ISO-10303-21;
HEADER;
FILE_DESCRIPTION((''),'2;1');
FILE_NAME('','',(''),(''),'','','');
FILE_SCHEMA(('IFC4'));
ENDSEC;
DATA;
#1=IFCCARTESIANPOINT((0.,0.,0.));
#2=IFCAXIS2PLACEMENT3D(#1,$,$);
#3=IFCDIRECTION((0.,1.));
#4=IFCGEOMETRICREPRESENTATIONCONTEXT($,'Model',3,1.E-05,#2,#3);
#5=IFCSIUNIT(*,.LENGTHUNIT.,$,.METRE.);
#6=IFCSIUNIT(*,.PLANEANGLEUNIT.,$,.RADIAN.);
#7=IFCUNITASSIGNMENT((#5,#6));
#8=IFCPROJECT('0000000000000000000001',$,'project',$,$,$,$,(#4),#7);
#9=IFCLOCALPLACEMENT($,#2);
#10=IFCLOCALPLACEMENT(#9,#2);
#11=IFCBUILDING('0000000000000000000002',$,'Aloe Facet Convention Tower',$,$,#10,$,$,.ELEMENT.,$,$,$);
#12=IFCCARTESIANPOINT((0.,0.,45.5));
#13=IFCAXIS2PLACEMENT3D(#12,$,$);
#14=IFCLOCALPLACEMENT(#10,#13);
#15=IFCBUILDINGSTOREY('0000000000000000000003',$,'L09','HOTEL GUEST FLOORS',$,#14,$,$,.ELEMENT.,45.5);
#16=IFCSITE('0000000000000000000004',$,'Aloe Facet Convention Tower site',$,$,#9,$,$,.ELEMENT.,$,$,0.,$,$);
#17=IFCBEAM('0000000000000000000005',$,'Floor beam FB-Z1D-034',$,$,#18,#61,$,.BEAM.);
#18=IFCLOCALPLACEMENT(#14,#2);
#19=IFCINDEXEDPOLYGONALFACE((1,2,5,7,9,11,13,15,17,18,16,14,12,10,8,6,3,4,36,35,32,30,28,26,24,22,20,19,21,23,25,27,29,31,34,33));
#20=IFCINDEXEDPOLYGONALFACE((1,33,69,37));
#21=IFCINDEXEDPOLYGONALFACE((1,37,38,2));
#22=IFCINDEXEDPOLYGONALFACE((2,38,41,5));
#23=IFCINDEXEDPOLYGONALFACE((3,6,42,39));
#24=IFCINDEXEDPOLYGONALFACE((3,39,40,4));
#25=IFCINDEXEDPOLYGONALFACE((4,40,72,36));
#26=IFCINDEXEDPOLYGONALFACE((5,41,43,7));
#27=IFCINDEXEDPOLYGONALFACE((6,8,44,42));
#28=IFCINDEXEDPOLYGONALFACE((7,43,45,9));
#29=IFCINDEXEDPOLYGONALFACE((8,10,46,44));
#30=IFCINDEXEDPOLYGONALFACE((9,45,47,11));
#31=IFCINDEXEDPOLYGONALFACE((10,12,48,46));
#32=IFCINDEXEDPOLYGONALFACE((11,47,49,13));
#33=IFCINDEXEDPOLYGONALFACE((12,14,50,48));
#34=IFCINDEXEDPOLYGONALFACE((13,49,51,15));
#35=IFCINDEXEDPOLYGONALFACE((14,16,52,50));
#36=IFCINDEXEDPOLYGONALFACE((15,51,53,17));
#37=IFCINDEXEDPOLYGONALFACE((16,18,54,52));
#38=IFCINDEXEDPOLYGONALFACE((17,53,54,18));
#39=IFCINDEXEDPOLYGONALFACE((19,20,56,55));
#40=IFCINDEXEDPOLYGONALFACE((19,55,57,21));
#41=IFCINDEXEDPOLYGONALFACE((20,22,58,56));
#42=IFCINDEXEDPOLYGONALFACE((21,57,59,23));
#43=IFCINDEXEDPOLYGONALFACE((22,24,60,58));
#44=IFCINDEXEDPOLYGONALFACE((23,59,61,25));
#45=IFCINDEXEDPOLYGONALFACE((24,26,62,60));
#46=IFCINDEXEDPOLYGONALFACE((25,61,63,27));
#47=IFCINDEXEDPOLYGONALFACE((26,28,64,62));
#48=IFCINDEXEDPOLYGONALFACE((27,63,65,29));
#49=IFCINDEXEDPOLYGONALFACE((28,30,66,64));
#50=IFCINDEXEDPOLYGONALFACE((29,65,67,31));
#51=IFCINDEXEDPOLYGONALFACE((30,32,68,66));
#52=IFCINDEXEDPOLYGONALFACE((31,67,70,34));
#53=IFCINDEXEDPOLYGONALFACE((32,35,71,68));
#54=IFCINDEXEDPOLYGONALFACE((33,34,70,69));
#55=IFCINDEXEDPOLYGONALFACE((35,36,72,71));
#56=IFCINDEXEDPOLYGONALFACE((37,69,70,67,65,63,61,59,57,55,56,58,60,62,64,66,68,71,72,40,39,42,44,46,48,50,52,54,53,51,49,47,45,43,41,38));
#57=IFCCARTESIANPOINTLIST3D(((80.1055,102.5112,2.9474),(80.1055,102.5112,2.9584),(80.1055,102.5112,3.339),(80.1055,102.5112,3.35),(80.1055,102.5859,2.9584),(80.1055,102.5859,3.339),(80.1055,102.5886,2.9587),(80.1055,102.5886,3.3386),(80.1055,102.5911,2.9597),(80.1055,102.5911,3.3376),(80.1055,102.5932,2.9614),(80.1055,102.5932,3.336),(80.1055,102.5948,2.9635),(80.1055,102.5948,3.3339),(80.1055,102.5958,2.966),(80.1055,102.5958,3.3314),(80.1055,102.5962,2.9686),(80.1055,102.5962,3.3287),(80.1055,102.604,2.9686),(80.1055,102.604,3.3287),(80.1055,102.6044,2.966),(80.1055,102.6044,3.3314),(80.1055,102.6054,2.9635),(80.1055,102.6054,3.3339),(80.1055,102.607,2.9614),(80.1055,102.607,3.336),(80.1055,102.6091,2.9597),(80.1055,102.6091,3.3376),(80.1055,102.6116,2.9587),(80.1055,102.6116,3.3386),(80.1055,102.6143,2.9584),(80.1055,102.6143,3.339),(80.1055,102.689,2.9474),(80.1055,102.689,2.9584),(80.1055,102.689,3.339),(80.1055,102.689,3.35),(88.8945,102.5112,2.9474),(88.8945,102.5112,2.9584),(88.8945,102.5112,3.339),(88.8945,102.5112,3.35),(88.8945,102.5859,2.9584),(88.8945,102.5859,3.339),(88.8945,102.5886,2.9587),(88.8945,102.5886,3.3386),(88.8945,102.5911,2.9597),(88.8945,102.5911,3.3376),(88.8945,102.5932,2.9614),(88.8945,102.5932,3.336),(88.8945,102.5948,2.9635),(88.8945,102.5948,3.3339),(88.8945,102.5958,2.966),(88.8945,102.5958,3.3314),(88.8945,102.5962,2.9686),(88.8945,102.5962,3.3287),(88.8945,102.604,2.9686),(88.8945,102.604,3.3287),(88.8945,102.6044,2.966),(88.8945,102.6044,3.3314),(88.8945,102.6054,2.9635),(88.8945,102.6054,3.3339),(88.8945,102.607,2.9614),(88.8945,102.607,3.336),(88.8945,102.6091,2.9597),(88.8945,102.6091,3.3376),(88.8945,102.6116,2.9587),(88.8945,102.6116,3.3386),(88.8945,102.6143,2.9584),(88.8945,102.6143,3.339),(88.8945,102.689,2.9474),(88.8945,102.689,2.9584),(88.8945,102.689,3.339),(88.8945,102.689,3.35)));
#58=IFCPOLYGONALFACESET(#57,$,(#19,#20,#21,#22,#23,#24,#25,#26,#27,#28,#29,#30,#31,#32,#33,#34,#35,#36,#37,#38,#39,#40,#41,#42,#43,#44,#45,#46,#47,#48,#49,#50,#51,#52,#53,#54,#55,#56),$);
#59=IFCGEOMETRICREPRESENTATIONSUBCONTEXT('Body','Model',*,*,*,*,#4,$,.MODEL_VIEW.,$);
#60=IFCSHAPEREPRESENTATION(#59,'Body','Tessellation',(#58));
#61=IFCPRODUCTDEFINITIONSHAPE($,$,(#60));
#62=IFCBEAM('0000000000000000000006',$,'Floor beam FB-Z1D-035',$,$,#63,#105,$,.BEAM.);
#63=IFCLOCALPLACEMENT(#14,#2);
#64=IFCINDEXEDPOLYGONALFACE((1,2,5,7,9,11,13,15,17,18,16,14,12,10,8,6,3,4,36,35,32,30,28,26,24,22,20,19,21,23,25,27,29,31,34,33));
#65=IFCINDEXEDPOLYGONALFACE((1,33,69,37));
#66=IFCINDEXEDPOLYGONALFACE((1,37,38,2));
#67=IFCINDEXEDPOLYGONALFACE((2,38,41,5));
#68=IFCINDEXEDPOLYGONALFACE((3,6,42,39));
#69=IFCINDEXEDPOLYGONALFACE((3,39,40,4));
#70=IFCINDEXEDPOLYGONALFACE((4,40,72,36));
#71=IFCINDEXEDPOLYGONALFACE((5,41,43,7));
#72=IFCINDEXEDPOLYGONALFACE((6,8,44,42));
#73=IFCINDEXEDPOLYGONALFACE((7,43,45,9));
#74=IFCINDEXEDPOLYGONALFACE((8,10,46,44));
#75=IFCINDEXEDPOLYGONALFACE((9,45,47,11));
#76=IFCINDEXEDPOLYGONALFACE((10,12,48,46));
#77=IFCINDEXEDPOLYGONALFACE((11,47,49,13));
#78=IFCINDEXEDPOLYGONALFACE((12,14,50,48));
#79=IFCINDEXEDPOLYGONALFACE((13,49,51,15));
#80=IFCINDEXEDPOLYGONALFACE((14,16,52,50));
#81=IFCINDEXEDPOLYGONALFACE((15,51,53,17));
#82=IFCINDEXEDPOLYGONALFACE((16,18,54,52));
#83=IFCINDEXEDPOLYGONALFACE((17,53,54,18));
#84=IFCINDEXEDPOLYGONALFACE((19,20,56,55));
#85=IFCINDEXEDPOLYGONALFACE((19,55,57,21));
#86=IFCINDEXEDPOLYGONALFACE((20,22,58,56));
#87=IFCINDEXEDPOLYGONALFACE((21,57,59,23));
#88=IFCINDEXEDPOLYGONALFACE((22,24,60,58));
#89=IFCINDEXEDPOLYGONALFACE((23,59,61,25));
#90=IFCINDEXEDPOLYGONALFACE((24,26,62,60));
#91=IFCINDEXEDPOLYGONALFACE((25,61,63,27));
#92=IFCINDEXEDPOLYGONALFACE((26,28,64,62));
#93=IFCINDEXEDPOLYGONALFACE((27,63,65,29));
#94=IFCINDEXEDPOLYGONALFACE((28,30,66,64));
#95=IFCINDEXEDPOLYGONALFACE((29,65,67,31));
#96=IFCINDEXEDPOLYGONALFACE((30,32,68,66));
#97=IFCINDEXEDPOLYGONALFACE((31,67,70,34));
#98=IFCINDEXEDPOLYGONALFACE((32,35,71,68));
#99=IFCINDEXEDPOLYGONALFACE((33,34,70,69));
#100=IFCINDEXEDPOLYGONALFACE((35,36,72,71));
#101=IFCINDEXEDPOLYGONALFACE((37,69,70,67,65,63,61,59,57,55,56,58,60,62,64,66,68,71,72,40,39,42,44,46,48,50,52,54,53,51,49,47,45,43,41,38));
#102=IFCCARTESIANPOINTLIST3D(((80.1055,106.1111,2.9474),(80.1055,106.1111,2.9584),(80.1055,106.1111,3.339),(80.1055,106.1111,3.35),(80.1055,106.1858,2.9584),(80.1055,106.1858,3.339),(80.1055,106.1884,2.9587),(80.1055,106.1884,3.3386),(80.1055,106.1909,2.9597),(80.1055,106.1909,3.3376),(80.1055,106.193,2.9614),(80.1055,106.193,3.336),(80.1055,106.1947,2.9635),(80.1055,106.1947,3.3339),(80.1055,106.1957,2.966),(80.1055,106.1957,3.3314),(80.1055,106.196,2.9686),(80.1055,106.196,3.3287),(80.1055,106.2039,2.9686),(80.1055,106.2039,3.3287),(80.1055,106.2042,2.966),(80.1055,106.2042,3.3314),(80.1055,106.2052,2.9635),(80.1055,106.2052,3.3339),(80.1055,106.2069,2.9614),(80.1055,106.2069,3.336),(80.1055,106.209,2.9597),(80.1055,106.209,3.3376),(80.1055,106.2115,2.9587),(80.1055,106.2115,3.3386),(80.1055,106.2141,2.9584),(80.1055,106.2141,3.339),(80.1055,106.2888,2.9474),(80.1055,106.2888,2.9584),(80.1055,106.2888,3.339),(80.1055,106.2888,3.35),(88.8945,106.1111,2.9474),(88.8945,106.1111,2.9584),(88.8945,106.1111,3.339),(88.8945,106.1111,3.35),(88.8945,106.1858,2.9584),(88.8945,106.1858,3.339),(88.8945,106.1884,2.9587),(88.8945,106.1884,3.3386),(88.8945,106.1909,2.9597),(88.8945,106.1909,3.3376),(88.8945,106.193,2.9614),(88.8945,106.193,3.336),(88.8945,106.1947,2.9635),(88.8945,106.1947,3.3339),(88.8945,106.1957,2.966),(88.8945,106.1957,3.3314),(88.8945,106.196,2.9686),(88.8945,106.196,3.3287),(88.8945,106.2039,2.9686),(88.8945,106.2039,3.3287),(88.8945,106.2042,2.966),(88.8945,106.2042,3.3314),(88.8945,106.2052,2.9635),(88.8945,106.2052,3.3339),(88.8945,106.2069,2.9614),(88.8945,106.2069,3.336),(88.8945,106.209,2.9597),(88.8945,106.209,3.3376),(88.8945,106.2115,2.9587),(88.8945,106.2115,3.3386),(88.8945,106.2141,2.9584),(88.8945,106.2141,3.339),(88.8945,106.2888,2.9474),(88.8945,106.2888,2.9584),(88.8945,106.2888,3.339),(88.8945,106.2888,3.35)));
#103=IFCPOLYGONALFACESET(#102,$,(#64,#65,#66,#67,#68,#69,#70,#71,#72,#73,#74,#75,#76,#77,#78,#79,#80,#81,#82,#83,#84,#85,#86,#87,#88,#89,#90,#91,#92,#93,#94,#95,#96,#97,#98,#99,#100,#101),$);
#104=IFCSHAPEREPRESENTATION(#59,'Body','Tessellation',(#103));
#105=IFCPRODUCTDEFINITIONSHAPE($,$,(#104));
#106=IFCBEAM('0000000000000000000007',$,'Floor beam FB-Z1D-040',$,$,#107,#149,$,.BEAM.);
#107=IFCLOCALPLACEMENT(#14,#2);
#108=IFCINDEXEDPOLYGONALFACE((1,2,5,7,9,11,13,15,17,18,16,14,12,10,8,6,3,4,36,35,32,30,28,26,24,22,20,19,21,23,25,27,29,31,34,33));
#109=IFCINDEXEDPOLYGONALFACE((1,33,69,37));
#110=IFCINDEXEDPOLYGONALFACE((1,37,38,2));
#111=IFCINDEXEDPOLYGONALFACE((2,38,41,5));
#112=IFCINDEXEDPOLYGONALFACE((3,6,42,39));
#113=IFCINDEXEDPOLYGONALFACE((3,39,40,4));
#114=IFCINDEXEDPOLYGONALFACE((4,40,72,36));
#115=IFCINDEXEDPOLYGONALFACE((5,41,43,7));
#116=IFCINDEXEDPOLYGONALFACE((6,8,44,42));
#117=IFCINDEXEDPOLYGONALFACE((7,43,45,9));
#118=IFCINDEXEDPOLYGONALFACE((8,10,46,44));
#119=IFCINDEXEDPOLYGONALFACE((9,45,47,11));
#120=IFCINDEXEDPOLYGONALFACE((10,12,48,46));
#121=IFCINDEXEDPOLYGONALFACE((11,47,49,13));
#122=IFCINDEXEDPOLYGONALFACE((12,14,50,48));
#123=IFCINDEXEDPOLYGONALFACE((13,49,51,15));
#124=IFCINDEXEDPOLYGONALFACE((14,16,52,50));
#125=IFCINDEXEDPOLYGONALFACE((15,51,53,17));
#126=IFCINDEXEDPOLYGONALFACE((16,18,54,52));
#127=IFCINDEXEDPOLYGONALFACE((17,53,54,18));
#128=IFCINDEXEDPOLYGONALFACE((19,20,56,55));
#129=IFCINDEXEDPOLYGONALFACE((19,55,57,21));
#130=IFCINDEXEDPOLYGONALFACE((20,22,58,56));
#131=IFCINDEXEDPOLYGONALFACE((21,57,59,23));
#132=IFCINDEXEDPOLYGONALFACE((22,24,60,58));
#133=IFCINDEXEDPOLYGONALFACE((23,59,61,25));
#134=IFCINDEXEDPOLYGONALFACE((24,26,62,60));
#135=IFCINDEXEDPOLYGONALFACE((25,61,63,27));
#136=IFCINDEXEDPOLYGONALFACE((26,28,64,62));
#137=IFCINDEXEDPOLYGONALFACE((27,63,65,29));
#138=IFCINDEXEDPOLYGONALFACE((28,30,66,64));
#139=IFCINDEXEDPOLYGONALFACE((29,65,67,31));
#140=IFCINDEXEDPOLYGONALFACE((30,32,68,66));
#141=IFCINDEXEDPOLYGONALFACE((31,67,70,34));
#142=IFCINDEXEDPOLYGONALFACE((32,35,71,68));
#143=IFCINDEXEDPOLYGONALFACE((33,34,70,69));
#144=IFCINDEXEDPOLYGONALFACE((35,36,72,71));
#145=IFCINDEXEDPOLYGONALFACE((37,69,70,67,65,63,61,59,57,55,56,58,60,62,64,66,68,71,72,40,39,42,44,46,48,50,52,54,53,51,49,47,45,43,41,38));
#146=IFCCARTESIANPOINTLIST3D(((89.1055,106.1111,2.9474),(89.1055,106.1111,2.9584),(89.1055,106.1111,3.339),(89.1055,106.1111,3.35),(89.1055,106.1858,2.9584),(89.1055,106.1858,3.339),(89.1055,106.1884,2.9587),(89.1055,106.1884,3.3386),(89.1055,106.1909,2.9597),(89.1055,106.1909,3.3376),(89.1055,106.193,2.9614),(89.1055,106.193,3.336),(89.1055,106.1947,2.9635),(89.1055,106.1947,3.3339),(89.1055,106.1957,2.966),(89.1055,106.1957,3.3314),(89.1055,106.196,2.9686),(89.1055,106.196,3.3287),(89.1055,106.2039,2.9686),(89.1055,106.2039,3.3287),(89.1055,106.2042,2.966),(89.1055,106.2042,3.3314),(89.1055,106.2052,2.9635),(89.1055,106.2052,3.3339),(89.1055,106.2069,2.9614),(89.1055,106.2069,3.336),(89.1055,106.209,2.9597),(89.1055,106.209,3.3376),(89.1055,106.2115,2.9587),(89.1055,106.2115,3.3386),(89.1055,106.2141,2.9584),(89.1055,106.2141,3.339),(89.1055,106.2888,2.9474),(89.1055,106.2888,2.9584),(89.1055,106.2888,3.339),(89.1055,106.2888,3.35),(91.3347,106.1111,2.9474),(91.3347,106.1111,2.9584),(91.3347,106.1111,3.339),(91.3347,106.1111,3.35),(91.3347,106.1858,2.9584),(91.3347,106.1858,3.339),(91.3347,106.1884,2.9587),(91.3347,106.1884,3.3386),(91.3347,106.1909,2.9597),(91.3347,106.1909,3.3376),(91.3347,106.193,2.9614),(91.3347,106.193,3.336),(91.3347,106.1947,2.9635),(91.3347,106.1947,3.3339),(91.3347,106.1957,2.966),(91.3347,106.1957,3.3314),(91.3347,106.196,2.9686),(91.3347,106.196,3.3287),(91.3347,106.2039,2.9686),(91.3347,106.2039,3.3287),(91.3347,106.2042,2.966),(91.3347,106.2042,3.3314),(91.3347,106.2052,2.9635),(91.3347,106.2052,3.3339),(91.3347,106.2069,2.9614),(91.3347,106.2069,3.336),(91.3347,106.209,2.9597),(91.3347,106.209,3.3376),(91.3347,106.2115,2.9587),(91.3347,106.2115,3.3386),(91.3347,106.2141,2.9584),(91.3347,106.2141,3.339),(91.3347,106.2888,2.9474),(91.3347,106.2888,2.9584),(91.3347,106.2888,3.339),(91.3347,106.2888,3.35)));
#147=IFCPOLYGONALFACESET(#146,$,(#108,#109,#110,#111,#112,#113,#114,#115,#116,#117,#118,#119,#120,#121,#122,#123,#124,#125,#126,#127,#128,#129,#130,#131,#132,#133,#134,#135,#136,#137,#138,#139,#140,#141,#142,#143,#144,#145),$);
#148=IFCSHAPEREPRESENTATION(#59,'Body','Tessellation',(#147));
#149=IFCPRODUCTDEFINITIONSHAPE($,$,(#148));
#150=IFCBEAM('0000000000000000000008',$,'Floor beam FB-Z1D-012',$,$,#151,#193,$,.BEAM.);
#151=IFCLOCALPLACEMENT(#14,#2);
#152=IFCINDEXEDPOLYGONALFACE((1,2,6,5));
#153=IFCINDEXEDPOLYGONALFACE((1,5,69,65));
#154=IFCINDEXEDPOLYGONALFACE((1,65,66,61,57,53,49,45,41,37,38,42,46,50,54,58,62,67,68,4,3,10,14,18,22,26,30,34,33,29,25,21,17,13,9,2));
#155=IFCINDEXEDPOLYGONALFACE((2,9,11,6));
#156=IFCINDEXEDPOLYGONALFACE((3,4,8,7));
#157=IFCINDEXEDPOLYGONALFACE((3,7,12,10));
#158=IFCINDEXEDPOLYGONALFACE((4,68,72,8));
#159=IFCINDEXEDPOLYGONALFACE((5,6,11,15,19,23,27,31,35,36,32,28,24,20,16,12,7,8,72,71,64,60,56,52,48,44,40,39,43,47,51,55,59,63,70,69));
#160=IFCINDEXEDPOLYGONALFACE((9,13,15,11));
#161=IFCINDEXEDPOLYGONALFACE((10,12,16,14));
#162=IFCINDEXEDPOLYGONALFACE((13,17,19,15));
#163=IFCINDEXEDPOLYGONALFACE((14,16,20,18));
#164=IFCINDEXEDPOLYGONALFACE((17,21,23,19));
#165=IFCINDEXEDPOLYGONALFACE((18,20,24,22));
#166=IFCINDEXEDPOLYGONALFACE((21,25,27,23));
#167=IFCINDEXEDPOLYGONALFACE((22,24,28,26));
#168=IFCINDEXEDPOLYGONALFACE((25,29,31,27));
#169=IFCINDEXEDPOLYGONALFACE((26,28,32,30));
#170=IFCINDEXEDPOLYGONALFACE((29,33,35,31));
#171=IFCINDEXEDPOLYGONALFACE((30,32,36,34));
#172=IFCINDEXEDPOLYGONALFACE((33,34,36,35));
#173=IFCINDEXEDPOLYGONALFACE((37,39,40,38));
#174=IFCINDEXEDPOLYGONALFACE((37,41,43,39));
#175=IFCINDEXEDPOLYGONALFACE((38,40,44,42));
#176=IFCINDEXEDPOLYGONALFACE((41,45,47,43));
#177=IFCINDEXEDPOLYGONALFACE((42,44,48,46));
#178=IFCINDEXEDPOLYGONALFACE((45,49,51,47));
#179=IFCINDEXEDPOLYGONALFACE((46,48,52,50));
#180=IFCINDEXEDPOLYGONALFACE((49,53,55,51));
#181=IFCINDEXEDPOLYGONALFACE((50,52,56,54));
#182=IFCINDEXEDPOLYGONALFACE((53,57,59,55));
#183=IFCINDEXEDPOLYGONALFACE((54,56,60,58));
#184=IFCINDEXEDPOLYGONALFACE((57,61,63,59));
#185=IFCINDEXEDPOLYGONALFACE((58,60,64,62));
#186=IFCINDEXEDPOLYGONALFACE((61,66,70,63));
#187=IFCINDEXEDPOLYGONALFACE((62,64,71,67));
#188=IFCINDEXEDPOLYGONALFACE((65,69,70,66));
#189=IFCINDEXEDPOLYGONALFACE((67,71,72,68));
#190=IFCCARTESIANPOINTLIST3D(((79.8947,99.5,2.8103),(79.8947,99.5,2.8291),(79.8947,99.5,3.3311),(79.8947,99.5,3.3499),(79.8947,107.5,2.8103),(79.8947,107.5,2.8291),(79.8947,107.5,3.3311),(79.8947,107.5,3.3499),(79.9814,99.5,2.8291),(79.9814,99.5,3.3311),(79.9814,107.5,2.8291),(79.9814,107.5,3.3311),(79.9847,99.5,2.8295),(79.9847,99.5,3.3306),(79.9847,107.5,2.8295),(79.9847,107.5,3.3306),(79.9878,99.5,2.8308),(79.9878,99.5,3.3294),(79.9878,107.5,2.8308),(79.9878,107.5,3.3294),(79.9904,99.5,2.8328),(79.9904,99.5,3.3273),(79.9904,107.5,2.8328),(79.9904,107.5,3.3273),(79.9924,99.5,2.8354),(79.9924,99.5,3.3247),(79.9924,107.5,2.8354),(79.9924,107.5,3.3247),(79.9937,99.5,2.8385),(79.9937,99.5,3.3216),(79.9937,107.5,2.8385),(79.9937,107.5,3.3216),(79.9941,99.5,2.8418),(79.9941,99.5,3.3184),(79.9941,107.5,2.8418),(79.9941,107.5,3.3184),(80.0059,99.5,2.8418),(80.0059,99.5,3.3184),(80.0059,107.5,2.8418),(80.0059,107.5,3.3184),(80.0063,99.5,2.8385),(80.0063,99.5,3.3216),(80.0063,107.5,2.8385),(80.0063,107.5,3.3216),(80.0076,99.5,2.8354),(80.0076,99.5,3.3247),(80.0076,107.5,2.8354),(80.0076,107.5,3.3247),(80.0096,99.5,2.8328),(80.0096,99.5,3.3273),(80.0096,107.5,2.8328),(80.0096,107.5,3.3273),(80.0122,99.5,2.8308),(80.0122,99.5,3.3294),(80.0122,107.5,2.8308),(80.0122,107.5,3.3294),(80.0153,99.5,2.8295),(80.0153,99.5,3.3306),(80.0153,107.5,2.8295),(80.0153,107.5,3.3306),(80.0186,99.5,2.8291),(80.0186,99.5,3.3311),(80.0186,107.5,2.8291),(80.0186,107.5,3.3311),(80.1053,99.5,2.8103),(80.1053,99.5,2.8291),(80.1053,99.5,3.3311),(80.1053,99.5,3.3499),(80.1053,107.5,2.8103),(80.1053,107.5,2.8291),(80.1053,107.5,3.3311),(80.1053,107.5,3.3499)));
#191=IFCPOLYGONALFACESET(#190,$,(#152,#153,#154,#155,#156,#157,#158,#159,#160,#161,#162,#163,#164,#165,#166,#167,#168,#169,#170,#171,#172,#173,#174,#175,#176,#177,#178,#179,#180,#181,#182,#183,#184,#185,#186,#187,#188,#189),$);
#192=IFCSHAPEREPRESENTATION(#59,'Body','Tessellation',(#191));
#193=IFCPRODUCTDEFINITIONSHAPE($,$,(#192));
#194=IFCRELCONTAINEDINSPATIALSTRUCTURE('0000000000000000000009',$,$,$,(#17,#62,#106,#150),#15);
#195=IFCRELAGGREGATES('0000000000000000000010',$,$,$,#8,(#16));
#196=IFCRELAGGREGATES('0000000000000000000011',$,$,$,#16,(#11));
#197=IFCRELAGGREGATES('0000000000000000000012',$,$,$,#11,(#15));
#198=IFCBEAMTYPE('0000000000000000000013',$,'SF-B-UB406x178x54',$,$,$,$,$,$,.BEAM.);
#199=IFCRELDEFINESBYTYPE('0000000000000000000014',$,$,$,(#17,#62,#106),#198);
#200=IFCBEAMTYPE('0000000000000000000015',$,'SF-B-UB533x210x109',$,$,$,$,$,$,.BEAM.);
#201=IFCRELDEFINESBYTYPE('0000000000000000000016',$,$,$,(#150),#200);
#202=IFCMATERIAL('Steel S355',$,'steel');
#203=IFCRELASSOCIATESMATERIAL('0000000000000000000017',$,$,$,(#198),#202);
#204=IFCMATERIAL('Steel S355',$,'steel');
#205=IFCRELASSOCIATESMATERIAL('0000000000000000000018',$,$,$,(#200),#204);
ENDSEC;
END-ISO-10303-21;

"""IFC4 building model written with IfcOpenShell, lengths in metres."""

from ifc_helpers import new_model, si_unit, direction, frame, origin, origin_2d, place, context, subcontext, project, spatial, i_section, extrude, material, material_profile, profile_set, type_object, element, save


model = new_model("IFC4")

# Units and contexts
model_context = context("Model", 3, precision=1e-05, world=origin(), true_north=direction((0.0, 1.0)))
body_context = subcontext(model_context, "Body", "Model", "MODEL_VIEW")
ifc_project = project(units=[si_unit("LENGTHUNIT", "METRE"), si_unit("PLANEANGLEUNIT", "RADIAN")], contexts=[model_context])

# Site, building, storey
site_placement = place(None, origin())
site = spatial("IfcSite", under=ifc_project, at=site_placement, Name="Aloe Facet Convention Tower site", CompositionType="ELEMENT", RefElevation=0.0)
building_placement = place(site_placement, origin())
building = spatial("IfcBuilding", under=site, at=building_placement, Name="Aloe Facet Convention Tower", CompositionType="ELEMENT")
storey_placement = place(building_placement, frame((0.0, 0.0, 45.5)))
storey = spatial("IfcBuildingStorey", under=building, at=storey_placement, Name="L09", Description="HOTEL GUEST FLOORS", CompositionType="ELEMENT", Elevation=45.5)

# Beams
ifc_material_1 = material(Name="Steel S355", Category="steel")
ifc_material_profile_1 = material_profile(ifc_material_1, i_section(OverallWidth=0.1777, OverallDepth=0.4026, WebThickness=0.0078, FlangeThickness=0.011, FilletRadius=0.0103, at=origin_2d()), Name="UB 406x178x54")
ifc_profile_set_1 = profile_set([ifc_material_profile_1], Name="Steel S355")
beam_type_1 = type_object("IfcBeamType", Name="SF-B-UB406x178x54", PredefinedType="BEAM", material=ifc_profile_set_1)
for number, where, z_axis, x_axis, name in (
    (1, (80.1055, 102.6001, 3.1487), (1.0, 0.0, 0.0), (0.0, 1.0, 0.0), "Floor beam FB-Z1D-034"),
    (2, (80.1055, 106.2, 3.1487), (1.0, 0.0, 0.0), (0.0, 1.0, 0.0), "Floor beam FB-Z1D-035"),
):
    element("IfcBeam", number, at=place(storey_placement, frame(where, z_axis=z_axis, x_axis=x_axis)), inside=storey, type_object=beam_type_1, Name=name, PredefinedType="BEAM", context=body_context, shape_type="SweptSolid", body=[
        extrude(i_section(OverallWidth=0.1777, OverallDepth=0.4026, WebThickness=0.0078, FlangeThickness=0.011, FilletRadius=0.0103, at=origin_2d()), origin(), (0.0, 0.0, 1.0), 8.7891),
    ])
beam_1_placement = place(storey_placement, frame((89.1055, 106.2, 3.1487), z_axis=(1.0, 0.0, 0.0), x_axis=(0.0, 1.0, 0.0)))
element("IfcBeam", 3, at=beam_1_placement, inside=storey, type_object=beam_type_1, Name="Floor beam FB-Z1D-040", PredefinedType="BEAM", context=body_context, shape_type="SweptSolid", body=[
    extrude(i_section(OverallWidth=0.1777, OverallDepth=0.4026, WebThickness=0.0078, FlangeThickness=0.011, FilletRadius=0.0103, at=origin_2d()), origin(), (0.0, 0.0, 1.0), 2.2292),
])
ifc_material_2 = material(Name="Steel S355", Category="steel")
ifc_material_profile_2 = material_profile(ifc_material_2, i_section(OverallWidth=0.2107, OverallDepth=0.5396, WebThickness=0.0117, FlangeThickness=0.0188, FilletRadius=0.0127, at=origin_2d()), Name="UB 533x210x109")
ifc_profile_set_2 = profile_set([ifc_material_profile_2], Name="Steel S355")
beam_type_2 = type_object("IfcBeamType", Name="SF-B-UB533x210x109", PredefinedType="BEAM", material=ifc_profile_set_2)
beam_2_placement = place(storey_placement, frame((80.0, 107.5, 3.0801), z_axis=(0.0, -1.0, 0.0), x_axis=(1.0, 0.0, 0.0)))
element("IfcBeam", 4, at=beam_2_placement, inside=storey, type_object=beam_type_2, Name="Floor beam FB-Z1D-012", PredefinedType="BEAM", context=body_context, shape_type="SweptSolid", body=[
    extrude(i_section(OverallWidth=0.2107, OverallDepth=0.5396, WebThickness=0.0117, FlangeThickness=0.0188, FilletRadius=0.0127, at=origin_2d()), origin(), (0.0, 0.0, 1.0), 8.0),
])

save(model, "model.ifc")
